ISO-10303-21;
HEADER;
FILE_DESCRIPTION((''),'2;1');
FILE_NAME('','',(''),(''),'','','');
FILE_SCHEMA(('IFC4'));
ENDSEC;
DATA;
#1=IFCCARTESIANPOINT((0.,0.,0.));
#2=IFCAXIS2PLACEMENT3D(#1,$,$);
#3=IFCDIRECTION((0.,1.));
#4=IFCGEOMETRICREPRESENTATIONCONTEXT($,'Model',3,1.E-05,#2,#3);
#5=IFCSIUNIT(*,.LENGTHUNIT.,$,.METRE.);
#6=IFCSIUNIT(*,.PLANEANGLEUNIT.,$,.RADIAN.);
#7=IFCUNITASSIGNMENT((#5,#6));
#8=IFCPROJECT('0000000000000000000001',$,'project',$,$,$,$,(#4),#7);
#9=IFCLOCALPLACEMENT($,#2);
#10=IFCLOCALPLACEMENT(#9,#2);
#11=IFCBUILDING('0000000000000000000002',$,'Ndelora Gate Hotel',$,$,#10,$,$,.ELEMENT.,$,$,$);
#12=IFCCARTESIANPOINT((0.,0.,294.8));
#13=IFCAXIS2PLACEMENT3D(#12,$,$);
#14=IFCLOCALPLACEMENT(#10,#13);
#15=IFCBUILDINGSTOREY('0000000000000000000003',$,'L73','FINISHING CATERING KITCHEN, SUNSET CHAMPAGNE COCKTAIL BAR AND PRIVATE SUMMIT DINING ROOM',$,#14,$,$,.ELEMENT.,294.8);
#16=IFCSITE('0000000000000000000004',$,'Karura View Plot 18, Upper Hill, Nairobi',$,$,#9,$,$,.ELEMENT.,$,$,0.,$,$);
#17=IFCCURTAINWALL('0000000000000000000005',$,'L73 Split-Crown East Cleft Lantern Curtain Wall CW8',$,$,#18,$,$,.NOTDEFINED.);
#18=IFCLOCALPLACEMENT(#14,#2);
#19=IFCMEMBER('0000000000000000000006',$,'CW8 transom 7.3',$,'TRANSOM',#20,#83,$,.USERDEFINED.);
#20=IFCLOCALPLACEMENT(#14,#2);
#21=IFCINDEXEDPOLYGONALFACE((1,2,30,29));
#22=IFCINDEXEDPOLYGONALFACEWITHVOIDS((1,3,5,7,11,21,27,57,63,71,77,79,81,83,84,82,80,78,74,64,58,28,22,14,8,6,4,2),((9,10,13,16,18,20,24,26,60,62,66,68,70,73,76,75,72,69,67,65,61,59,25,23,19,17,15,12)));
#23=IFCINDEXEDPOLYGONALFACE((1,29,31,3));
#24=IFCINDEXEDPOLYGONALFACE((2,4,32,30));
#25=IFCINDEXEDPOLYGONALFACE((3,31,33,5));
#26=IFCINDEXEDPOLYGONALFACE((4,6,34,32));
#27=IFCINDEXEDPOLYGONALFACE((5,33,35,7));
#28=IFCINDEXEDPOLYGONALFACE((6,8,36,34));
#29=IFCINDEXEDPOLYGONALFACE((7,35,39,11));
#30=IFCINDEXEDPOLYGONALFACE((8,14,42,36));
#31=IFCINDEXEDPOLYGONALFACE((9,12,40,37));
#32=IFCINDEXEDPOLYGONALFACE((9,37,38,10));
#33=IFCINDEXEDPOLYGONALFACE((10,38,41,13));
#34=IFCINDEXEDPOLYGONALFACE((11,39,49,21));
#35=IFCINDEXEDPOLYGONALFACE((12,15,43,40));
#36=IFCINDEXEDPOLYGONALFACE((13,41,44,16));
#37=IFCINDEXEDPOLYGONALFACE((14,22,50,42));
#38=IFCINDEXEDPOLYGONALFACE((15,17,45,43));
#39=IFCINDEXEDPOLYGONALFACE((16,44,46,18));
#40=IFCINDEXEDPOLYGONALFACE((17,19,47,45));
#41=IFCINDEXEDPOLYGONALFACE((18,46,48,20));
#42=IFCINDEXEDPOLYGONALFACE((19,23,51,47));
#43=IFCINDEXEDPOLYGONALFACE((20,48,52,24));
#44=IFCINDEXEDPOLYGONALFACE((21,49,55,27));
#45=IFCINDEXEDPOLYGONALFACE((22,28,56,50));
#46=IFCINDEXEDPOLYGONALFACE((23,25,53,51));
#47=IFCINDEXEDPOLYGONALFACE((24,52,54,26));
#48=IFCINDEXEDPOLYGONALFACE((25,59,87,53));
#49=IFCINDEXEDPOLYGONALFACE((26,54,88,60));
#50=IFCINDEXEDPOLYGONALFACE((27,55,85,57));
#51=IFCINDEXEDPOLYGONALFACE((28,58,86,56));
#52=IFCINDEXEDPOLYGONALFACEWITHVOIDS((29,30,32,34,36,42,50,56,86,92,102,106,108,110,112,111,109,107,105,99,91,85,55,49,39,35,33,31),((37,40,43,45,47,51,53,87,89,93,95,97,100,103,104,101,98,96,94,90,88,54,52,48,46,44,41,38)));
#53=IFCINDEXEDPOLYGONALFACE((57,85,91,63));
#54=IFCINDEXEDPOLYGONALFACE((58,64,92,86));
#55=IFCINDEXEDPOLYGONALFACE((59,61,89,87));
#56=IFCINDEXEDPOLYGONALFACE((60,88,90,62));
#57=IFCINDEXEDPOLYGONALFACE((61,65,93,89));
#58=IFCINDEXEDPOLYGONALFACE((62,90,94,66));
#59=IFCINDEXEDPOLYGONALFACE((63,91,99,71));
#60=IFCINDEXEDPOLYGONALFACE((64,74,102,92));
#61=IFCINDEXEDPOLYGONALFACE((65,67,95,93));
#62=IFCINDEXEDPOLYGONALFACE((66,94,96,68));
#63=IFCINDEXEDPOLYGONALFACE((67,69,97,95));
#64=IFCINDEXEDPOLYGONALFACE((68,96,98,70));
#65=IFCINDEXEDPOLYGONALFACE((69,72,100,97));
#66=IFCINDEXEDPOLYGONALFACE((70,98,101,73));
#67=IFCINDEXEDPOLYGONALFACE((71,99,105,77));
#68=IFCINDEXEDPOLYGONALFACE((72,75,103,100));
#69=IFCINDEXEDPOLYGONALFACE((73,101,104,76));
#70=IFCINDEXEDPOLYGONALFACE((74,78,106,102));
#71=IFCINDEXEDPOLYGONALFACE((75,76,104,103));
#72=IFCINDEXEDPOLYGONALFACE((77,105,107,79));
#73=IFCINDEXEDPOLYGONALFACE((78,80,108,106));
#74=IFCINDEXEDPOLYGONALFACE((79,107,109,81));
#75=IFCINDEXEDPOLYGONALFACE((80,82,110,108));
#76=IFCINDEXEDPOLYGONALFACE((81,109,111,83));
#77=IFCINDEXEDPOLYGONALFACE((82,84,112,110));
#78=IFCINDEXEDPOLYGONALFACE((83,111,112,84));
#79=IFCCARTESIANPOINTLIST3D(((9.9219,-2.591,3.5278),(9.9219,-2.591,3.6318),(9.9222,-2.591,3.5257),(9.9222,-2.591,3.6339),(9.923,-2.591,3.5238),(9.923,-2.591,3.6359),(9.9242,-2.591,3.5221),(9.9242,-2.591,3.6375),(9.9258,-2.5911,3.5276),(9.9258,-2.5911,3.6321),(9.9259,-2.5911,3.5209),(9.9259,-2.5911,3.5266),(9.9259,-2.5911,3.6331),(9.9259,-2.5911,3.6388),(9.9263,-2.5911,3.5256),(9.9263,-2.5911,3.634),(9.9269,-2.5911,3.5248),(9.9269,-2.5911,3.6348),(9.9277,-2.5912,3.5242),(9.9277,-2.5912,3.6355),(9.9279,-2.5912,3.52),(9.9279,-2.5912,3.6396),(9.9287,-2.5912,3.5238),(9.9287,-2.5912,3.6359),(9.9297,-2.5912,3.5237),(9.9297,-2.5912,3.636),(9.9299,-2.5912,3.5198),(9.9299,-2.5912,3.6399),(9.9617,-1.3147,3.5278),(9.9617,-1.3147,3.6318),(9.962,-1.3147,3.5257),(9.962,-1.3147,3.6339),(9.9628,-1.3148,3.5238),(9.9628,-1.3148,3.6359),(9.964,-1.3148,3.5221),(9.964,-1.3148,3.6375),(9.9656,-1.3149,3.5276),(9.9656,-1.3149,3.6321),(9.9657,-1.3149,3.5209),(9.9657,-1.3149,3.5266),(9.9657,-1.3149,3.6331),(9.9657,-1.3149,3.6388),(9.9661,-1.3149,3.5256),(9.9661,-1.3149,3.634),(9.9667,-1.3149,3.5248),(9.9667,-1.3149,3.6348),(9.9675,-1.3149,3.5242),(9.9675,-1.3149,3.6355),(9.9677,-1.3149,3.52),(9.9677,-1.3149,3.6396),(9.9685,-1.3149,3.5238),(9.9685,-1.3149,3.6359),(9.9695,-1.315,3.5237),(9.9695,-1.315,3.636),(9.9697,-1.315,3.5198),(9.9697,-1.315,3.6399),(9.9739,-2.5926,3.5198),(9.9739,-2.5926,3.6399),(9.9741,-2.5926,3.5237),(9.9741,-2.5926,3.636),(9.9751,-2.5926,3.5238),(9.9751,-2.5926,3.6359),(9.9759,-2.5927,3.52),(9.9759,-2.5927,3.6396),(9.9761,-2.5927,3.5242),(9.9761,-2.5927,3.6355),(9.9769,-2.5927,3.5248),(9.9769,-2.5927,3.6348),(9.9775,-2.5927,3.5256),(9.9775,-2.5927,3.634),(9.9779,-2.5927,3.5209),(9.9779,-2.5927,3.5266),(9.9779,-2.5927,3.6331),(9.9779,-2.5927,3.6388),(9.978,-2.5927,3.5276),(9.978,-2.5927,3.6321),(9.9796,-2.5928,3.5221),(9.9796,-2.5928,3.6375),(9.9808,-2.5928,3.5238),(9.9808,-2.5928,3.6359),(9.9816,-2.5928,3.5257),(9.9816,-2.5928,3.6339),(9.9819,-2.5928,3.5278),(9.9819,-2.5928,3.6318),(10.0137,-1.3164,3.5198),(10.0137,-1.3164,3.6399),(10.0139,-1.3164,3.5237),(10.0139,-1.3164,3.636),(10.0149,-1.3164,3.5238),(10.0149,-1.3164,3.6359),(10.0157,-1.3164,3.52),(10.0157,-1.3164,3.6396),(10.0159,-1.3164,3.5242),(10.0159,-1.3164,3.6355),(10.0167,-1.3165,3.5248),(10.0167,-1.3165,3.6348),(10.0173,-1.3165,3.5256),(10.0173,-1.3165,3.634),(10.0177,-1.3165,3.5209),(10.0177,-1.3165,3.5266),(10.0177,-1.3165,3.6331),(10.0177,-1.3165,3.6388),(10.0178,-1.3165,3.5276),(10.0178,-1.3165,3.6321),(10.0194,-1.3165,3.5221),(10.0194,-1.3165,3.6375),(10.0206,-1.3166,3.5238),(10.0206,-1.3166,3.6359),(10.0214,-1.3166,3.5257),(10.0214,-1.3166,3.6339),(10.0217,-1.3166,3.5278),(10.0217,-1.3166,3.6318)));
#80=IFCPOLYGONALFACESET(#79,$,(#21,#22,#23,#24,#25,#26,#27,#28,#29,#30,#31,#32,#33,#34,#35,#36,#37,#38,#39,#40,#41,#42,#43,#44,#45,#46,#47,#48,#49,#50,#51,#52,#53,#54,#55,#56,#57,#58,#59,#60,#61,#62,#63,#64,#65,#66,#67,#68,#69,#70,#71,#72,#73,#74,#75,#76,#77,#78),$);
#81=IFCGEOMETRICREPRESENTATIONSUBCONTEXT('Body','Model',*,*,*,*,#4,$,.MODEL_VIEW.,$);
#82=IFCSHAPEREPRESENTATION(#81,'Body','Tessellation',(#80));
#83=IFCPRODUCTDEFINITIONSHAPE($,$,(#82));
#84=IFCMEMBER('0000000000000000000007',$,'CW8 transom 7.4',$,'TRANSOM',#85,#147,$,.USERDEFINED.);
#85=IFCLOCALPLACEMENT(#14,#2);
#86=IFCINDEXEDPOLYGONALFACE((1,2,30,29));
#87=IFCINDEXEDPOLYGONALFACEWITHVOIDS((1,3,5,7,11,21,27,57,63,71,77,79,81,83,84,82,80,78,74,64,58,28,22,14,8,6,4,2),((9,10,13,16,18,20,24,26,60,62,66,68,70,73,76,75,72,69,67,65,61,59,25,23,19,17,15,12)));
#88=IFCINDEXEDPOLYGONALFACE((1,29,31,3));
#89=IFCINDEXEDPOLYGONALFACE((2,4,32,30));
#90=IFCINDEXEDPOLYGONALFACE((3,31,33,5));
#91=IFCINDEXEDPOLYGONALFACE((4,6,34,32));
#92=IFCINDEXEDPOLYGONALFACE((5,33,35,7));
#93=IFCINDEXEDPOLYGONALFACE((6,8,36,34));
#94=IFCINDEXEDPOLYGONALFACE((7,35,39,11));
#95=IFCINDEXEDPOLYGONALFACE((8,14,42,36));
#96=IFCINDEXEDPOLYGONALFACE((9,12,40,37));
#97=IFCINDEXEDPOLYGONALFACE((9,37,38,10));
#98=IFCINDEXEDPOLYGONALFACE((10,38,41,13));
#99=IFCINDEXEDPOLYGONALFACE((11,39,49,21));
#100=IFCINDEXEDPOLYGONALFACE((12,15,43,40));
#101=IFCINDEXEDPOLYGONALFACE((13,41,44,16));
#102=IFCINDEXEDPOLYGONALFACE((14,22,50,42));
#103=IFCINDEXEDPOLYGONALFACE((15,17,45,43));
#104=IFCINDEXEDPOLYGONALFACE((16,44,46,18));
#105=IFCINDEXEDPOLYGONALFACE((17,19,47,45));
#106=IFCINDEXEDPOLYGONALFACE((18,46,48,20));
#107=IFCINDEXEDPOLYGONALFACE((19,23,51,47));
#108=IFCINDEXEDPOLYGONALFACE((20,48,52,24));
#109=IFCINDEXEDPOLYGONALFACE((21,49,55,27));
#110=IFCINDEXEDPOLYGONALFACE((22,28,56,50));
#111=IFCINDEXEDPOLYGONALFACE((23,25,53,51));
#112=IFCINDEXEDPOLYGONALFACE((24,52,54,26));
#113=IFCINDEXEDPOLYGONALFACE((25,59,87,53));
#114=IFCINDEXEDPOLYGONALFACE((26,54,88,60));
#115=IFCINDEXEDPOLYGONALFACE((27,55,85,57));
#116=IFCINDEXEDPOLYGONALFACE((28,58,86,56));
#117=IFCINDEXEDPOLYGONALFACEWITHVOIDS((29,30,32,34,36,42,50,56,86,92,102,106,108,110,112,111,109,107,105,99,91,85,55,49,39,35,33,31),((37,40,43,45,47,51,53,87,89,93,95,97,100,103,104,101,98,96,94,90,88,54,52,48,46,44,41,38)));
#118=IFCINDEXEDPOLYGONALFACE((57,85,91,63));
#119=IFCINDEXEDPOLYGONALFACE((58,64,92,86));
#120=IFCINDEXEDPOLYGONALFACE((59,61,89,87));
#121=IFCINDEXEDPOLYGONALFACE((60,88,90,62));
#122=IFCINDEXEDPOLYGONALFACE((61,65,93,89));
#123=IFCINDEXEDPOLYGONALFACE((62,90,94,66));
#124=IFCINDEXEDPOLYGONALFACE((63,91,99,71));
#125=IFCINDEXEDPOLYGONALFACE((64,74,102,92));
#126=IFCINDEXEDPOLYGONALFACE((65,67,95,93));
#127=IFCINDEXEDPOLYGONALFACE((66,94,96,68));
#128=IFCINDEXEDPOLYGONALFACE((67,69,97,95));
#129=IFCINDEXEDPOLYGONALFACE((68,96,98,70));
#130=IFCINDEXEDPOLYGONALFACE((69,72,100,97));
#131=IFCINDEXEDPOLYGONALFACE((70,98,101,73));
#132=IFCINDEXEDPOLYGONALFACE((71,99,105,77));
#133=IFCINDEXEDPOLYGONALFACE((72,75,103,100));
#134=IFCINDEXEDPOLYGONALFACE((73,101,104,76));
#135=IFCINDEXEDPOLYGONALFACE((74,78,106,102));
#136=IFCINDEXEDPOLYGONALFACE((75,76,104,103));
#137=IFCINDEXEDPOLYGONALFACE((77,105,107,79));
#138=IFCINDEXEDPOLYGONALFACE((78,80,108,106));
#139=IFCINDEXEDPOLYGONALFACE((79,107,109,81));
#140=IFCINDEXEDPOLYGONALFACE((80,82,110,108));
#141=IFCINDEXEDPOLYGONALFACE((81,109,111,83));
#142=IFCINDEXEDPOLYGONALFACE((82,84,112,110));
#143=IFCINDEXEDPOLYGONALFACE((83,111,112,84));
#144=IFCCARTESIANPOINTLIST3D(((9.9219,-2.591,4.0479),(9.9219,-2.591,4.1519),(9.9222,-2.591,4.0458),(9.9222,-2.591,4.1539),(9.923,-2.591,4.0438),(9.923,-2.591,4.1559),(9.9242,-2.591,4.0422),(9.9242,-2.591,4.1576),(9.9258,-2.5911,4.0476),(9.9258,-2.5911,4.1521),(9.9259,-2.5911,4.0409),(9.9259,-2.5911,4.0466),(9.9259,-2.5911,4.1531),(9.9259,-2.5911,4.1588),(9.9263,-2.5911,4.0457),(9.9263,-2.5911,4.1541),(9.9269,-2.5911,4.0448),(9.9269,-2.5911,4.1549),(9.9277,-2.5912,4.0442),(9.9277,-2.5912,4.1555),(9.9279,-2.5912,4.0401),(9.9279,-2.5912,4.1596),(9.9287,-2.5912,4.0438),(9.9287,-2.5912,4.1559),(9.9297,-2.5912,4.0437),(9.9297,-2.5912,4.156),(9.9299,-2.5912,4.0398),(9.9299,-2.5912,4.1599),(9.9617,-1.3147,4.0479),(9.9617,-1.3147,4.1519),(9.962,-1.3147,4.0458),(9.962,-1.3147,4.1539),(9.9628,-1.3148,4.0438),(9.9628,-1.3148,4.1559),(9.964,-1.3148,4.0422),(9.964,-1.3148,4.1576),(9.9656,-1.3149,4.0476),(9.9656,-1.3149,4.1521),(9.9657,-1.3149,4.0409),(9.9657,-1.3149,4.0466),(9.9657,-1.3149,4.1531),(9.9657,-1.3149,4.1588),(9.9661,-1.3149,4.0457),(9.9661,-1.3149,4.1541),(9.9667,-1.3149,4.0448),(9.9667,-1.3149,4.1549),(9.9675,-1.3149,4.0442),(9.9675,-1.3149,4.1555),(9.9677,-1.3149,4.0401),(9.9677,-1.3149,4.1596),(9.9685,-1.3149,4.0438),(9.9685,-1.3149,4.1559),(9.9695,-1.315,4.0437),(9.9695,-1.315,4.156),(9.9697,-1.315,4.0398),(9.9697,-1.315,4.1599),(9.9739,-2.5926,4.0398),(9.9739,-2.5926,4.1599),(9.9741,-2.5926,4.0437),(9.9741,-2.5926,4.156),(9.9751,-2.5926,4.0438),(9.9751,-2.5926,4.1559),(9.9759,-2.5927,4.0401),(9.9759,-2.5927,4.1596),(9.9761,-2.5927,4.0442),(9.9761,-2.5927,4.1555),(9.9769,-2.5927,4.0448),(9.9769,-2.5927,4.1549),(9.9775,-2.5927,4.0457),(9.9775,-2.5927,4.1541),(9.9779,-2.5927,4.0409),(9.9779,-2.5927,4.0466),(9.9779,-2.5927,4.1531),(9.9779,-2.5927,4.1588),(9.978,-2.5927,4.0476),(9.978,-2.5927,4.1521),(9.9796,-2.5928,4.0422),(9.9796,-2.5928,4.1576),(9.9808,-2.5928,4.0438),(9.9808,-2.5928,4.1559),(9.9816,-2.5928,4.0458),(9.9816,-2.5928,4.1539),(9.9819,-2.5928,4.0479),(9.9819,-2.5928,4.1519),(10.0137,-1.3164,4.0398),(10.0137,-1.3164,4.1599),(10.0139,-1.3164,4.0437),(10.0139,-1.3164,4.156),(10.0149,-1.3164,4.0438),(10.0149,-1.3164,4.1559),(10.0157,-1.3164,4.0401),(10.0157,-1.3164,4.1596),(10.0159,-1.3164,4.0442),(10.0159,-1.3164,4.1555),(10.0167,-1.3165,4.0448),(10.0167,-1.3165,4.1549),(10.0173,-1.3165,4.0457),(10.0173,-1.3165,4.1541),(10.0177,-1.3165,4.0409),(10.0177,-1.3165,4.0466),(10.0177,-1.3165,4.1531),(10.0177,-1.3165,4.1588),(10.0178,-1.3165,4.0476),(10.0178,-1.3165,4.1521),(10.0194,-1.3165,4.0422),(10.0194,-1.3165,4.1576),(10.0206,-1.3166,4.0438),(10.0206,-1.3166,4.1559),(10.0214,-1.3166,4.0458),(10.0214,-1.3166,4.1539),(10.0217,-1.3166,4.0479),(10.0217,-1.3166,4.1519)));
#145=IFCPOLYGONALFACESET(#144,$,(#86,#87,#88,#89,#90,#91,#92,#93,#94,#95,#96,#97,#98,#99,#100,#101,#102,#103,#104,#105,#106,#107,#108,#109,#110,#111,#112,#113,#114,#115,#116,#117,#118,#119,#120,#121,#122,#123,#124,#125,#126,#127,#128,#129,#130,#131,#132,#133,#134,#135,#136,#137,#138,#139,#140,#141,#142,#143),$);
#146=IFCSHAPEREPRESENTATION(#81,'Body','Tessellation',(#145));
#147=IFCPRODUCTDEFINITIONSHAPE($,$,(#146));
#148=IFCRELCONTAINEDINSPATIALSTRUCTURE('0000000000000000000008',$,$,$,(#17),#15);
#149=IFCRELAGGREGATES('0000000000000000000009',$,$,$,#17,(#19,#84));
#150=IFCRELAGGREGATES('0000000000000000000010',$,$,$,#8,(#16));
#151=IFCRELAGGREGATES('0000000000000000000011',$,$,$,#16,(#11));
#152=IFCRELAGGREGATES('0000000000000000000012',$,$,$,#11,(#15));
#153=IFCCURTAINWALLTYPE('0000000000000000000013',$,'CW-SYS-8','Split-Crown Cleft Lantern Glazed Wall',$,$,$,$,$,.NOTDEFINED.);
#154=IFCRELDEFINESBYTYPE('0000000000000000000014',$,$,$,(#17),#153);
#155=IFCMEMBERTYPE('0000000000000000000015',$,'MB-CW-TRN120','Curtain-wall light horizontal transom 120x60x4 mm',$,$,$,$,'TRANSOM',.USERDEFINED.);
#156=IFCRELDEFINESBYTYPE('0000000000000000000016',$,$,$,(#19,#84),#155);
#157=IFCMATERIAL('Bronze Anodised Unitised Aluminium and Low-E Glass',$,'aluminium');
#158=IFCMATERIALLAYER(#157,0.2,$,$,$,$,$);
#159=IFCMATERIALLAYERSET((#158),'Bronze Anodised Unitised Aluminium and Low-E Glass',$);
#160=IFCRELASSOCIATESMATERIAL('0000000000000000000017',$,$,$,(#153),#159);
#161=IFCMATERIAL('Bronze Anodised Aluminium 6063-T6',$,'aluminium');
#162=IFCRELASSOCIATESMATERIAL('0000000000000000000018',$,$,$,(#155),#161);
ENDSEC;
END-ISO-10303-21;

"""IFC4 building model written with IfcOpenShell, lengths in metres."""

from ifc_helpers import new_model, si_unit, direction, frame, origin, origin_2d, place, context, subcontext, project, spatial, hollow_rectangle, extrude, material, layer, layer_set, material_profile, profile_set, type_object, element, aggregate, save


model = new_model("IFC4")

# Units and contexts
model_context = context("Model", 3, precision=1e-05, world=origin(), true_north=direction((0.0, 1.0)))
body_context = subcontext(model_context, "Body", "Model", "MODEL_VIEW")
ifc_project = project(units=[si_unit("LENGTHUNIT", "METRE"), si_unit("PLANEANGLEUNIT", "RADIAN")], contexts=[model_context])

# Site, building, storey
site_placement = place(None, origin())
site = spatial("IfcSite", under=ifc_project, at=site_placement, Name="Karura View Plot 18, Upper Hill, Nairobi", CompositionType="ELEMENT", RefElevation=0.0)
building_placement = place(site_placement, origin())
building = spatial("IfcBuilding", under=site, at=building_placement, Name="Ndelora Gate Hotel", CompositionType="ELEMENT")
storey_placement = place(building_placement, frame((0.0, 0.0, 294.8)))
storey = spatial("IfcBuildingStorey", under=building, at=storey_placement, Name="L73", Description="FINISHING CATERING KITCHEN, SUNSET CHAMPAGNE COCKTAIL BAR AND PRIVATE SUMMIT DINING ROOM", CompositionType="ELEMENT", Elevation=294.8)

# Shared definitions
ifc_material_1 = material(Name="Bronze Anodised Unitised Aluminium and Low-E Glass", Category="aluminium")
ifc_layer_1 = layer(ifc_material_1, 0.2)
ifc_layer_set_1 = layer_set([ifc_layer_1], Name="Bronze Anodised Unitised Aluminium and Low-E Glass")
curtain_wall_type = type_object("IfcCurtainWallType", Name="CW-SYS-8", Description="Split-Crown Cleft Lantern Glazed Wall", PredefinedType="NOTDEFINED", material=ifc_layer_set_1)
ifc_material_2 = material(Name="Bronze Anodised Aluminium 6063-T6", Category="aluminium")

# Curtain wall, members
curtain_wall_1_placement = place(storey_placement, origin())
curtain_wall_1 = element("IfcCurtainWall", 1, at=curtain_wall_1_placement, inside=storey, type_object=curtain_wall_type, Name="L73 Split-Crown East Cleft Lantern Curtain Wall CW8", PredefinedType="NOTDEFINED")
ifc_material_profile_1 = material_profile(ifc_material_2, hollow_rectangle(XDim=0.0601, YDim=0.1201, WallThickness=0.0039, InnerFilletRadius=0.0039, OuterFilletRadius=0.0081, at=origin_2d()), Name="ALU 120x60x4")
ifc_profile_set_1 = profile_set([ifc_material_profile_1], Name="Bronze Anodised Aluminium 6063-T6")
member_type_1 = type_object("IfcMemberType", Name="MB-CW-TRN120", Description="Curtain-wall light horizontal transom 120x60x4 mm", ElementType="TRANSOM", PredefinedType="USERDEFINED", material=ifc_profile_set_1)
member_1_placement = place(storey_placement, frame((9.9917, -1.3157, 3.5798), z_axis=(-0.031169, -0.999514, 0.0), x_axis=(0.999514, -0.031169, 0.0)))
member_1 = element("IfcMember", 2, at=member_1_placement, type_object=member_type_1, Name="CW8 transom 7.3", ObjectType="TRANSOM", PredefinedType="USERDEFINED", context=body_context, shape_type="SweptSolid", body=[
    extrude(hollow_rectangle(XDim=0.0601, YDim=0.1201, WallThickness=0.0039, InnerFilletRadius=0.0039, OuterFilletRadius=0.0081, at=origin_2d()), origin(), (0.0, 0.0, 1.0), 1.2769),
])
member_2_placement = place(storey_placement, frame((9.9917, -1.3157, 4.0999), z_axis=(-0.031169, -0.999514, 0.0), x_axis=(0.999514, -0.031169, 0.0)))
member_2 = element("IfcMember", 3, at=member_2_placement, type_object=member_type_1, Name="CW8 transom 7.4", ObjectType="TRANSOM", PredefinedType="USERDEFINED", context=body_context, shape_type="SweptSolid", body=[
    extrude(hollow_rectangle(XDim=0.0601, YDim=0.1201, WallThickness=0.0039, InnerFilletRadius=0.0039, OuterFilletRadius=0.0081, at=origin_2d()), origin(), (0.0, 0.0, 1.0), 1.2769),
])

aggregate(curtain_wall_1, [member_1, member_2])

save(model, "model.ifc")
